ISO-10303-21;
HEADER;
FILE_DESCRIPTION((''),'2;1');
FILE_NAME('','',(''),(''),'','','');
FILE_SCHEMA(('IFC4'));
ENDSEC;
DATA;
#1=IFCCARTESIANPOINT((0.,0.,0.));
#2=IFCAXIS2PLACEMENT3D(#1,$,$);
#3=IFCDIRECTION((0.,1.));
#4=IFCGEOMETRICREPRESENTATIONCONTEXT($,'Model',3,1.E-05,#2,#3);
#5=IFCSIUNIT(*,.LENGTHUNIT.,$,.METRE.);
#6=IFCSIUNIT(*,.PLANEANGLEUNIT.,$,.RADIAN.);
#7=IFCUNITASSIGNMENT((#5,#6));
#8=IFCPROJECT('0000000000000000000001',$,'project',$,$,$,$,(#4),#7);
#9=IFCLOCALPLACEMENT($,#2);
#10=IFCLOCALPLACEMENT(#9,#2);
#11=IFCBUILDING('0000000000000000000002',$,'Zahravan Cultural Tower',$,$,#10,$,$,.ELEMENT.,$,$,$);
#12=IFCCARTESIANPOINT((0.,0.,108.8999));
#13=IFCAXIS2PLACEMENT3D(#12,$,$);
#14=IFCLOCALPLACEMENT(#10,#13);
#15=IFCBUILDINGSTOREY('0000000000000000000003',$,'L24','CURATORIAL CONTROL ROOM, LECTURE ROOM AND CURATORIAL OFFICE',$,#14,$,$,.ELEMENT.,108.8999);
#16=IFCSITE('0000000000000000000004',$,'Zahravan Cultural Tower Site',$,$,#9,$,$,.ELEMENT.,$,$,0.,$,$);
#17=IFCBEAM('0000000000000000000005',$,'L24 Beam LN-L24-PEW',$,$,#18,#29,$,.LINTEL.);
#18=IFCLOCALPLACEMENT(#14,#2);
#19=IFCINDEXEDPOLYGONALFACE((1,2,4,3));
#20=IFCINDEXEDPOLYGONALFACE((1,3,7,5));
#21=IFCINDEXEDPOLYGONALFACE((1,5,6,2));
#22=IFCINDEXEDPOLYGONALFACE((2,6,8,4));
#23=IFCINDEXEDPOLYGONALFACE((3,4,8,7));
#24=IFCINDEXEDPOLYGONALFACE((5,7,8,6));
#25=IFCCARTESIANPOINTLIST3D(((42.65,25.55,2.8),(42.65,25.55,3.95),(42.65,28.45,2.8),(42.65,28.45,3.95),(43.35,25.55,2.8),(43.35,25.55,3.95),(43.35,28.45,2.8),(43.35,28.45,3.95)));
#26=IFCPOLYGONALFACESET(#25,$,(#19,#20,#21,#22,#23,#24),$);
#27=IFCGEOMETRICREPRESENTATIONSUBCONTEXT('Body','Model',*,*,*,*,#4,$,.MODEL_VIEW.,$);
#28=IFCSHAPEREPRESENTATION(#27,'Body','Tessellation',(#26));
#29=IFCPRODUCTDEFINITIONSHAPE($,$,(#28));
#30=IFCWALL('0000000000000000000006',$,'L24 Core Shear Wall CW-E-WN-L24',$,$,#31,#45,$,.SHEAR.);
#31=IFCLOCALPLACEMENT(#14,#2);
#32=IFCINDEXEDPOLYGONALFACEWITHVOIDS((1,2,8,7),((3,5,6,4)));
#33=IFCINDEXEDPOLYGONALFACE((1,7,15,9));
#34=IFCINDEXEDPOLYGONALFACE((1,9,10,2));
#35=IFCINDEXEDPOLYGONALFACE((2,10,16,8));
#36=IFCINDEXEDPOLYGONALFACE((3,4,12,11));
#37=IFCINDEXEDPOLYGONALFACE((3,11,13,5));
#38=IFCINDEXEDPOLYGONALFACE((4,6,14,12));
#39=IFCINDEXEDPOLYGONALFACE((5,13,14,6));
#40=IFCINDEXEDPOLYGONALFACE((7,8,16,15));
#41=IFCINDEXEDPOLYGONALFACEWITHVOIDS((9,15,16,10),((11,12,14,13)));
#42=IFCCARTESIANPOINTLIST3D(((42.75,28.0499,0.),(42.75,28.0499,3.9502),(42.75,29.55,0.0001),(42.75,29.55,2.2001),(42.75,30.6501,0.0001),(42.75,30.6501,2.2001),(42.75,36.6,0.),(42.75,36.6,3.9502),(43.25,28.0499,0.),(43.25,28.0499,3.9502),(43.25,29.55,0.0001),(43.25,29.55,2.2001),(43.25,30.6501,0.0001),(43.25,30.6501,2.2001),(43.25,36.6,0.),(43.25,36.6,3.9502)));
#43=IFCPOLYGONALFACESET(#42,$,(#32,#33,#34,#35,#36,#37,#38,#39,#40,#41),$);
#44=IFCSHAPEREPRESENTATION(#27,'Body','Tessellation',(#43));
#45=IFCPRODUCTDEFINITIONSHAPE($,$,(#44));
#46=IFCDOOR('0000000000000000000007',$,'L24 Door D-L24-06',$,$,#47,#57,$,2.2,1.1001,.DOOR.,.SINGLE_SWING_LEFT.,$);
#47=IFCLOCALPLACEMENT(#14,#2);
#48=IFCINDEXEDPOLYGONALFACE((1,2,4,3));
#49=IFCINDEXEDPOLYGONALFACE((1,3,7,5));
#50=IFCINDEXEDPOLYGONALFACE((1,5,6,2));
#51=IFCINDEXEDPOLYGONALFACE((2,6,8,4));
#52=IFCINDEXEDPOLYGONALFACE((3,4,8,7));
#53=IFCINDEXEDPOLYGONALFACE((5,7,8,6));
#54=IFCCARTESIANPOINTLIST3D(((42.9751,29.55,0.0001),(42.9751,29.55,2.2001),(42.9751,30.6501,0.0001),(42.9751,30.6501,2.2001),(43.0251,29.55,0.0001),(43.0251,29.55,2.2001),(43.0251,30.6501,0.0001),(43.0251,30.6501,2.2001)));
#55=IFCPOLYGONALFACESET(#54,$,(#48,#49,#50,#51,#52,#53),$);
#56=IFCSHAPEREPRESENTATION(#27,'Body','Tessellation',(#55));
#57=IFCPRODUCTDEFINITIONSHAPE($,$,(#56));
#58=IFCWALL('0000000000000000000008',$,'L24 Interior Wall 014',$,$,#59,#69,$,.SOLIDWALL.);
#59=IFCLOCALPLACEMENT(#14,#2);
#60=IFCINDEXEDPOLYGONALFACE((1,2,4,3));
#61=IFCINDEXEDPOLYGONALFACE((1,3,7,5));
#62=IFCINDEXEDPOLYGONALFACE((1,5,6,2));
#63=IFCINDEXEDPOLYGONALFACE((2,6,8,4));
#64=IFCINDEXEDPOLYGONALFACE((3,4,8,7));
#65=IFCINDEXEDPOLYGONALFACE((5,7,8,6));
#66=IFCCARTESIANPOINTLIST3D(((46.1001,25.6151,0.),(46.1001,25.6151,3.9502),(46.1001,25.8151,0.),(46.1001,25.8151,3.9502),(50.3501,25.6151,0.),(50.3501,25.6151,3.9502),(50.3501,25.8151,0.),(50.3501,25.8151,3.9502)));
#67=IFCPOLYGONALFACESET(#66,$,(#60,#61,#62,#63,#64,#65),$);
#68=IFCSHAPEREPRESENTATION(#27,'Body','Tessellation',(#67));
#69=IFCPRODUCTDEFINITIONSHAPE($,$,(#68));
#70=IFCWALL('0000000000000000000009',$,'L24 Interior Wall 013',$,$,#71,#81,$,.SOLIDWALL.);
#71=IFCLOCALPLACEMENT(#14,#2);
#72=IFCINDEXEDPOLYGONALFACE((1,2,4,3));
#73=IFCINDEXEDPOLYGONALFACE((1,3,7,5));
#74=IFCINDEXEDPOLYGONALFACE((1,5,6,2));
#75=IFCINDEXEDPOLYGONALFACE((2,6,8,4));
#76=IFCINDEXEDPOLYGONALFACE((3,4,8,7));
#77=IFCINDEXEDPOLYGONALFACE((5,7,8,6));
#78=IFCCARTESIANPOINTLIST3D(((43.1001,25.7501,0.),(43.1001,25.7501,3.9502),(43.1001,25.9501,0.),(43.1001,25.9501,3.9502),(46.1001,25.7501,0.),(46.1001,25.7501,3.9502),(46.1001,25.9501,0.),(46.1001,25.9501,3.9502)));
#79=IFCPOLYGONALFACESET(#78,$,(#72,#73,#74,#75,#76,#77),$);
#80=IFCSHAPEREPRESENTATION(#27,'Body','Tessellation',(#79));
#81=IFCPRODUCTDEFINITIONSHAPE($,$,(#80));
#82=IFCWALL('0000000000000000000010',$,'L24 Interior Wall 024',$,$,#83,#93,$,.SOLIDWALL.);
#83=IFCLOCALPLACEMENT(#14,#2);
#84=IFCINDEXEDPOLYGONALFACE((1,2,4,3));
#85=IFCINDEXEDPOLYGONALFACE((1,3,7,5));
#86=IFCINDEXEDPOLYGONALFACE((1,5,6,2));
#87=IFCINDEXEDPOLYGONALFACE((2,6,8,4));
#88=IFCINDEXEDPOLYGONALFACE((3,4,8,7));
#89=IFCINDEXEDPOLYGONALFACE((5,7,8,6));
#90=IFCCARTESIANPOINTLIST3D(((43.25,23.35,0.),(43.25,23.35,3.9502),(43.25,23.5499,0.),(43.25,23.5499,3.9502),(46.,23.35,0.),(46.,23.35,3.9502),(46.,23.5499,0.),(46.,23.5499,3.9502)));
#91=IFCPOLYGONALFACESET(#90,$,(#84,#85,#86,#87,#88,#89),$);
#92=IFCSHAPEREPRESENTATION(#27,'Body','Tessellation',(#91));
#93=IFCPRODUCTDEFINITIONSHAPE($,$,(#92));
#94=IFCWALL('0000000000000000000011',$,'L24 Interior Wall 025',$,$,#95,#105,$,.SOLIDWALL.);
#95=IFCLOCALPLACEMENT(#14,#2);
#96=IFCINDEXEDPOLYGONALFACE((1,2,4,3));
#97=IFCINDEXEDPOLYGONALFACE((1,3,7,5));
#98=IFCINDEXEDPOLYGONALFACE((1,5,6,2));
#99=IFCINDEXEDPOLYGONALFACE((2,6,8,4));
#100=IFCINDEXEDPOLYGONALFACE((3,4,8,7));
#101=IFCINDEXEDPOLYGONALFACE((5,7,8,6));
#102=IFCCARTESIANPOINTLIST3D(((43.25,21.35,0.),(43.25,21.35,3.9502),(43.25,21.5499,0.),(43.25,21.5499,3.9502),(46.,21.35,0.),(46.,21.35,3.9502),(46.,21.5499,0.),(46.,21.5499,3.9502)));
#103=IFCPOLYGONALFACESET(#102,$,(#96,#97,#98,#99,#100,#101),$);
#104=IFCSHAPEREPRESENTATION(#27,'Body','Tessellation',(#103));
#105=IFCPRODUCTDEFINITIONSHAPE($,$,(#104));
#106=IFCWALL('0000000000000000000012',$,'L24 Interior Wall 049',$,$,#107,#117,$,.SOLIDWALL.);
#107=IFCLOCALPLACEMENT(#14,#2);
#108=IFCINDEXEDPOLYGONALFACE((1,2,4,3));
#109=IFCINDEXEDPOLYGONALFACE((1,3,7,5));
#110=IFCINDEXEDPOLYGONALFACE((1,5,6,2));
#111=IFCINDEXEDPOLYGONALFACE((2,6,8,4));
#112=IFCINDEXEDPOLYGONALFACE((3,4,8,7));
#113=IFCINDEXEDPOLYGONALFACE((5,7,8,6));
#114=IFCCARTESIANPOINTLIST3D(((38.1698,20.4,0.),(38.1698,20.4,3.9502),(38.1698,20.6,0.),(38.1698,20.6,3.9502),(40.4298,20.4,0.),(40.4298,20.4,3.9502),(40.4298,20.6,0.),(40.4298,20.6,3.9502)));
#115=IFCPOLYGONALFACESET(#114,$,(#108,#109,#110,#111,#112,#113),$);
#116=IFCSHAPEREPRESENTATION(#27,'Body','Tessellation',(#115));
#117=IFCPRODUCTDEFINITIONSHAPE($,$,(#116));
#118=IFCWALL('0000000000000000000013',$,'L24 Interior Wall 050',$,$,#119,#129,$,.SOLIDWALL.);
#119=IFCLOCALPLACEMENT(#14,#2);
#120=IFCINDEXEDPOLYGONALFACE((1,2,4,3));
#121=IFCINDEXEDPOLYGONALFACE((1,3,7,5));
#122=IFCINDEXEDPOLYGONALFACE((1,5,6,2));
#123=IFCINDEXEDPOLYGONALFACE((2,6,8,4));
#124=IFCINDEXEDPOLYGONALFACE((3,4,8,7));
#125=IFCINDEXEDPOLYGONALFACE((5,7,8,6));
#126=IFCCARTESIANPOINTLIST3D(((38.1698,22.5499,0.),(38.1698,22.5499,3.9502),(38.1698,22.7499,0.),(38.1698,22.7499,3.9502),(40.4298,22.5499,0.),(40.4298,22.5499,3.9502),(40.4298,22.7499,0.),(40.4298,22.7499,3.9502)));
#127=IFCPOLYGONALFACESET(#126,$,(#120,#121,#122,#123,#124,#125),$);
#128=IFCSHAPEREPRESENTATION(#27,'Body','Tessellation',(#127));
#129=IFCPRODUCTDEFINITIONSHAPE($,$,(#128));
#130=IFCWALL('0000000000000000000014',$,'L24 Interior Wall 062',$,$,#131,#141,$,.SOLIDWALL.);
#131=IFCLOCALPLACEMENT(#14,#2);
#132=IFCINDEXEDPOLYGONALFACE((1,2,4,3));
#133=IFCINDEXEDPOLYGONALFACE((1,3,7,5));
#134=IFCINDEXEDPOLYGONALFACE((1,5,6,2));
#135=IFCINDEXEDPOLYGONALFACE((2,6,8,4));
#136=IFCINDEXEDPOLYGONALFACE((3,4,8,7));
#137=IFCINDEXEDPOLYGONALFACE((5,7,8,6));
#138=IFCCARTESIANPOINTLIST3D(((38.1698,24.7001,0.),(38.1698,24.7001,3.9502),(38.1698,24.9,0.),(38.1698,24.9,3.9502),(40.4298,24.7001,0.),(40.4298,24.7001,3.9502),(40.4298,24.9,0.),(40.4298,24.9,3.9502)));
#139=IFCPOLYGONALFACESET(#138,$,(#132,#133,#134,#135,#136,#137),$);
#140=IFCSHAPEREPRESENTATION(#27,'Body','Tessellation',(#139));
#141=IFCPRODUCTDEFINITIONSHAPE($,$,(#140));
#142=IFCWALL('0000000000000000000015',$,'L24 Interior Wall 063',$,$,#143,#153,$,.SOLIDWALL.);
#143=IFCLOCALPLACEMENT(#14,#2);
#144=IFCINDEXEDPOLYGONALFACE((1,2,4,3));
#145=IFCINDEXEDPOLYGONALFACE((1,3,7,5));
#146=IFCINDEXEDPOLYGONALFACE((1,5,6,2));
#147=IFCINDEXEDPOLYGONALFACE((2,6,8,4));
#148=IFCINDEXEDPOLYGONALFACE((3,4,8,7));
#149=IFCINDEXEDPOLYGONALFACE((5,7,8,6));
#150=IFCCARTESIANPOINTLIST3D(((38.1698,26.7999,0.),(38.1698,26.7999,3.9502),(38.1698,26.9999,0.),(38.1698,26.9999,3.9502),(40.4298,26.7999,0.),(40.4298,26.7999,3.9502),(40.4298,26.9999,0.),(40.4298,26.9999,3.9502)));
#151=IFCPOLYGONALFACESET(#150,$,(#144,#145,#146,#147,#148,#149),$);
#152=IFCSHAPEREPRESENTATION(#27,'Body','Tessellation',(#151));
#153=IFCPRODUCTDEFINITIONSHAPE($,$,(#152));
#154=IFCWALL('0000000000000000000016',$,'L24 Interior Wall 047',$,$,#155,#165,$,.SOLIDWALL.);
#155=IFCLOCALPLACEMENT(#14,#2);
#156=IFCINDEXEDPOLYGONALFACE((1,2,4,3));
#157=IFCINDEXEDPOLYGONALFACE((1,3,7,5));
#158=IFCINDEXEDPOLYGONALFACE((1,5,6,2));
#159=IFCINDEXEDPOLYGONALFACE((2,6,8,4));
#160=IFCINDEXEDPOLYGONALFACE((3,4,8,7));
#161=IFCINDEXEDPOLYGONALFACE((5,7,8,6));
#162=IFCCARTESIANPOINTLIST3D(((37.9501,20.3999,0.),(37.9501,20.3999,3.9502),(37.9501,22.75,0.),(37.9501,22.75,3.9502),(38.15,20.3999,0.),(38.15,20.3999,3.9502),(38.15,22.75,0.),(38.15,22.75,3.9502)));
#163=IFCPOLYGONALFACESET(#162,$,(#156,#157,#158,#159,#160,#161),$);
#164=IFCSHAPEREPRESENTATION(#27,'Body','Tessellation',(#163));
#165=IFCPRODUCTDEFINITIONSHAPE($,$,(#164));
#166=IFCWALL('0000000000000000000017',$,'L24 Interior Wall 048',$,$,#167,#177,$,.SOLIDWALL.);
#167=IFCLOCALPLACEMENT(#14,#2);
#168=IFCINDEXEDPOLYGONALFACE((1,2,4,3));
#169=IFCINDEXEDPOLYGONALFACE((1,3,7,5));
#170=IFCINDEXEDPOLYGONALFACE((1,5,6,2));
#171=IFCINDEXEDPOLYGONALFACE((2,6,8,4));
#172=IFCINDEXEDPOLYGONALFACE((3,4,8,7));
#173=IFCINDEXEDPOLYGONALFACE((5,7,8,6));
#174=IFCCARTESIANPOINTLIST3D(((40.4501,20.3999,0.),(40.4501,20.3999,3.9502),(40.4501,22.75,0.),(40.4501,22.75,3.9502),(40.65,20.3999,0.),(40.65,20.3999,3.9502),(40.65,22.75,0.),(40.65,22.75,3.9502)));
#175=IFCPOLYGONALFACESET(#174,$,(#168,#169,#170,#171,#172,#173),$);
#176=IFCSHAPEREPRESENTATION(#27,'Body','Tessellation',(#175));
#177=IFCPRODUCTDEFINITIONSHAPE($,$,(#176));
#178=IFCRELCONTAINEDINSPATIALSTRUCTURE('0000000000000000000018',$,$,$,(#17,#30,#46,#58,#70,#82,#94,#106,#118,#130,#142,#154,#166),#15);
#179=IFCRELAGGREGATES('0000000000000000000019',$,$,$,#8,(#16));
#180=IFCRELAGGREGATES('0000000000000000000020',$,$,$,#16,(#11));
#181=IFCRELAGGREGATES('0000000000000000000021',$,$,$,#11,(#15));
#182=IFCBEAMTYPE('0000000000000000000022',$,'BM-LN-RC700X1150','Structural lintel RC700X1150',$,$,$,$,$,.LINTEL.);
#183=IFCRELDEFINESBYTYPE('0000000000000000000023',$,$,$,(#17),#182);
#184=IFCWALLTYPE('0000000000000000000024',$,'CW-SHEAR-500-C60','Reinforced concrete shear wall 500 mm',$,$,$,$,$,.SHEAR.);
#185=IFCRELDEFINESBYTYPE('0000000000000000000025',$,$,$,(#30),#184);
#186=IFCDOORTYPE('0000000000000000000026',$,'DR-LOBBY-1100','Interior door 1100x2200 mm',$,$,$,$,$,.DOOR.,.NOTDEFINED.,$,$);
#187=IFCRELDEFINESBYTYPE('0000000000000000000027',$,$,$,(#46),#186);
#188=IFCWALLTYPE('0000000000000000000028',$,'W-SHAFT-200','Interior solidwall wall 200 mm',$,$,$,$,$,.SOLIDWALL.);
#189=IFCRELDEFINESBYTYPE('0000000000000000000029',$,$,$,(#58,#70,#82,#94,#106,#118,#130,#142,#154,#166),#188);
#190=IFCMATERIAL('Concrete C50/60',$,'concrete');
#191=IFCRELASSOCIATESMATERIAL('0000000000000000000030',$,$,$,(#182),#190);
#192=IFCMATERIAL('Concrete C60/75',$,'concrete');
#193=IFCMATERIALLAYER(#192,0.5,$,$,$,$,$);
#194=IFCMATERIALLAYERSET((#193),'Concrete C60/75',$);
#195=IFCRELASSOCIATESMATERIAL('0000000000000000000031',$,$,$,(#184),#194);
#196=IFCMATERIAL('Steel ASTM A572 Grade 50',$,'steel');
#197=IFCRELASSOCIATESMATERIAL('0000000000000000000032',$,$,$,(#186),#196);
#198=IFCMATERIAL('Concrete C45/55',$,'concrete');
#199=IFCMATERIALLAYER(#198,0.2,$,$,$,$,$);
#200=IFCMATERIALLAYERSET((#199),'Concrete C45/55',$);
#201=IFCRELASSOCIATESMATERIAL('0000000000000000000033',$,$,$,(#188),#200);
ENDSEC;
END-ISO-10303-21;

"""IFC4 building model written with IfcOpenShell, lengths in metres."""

from ifc_helpers import new_model, si_unit, direction, frame, frame_2d, origin, origin_2d, place, context, subcontext, project, spatial, rectangle, extrude, source, transform, mapped, material, layer, layer_set, material_profile, profile_set, type_object, element, fill, save


model = new_model("IFC4")

# Units and contexts
model_context = context("Model", 3, precision=1e-05, world=origin(), true_north=direction((0.0, 1.0)))
body_context = subcontext(model_context, "Body", "Model", "MODEL_VIEW")
ifc_project = project(units=[si_unit("LENGTHUNIT", "METRE"), si_unit("PLANEANGLEUNIT", "RADIAN")], contexts=[model_context])

# Site, building, storey
site_placement = place(None, origin())
site = spatial("IfcSite", under=ifc_project, at=site_placement, Name="Zahravan Cultural Tower Site", CompositionType="ELEMENT", RefElevation=0.0)
building_placement = place(site_placement, origin())
building = spatial("IfcBuilding", under=site, at=building_placement, Name="Zahravan Cultural Tower", CompositionType="ELEMENT")
storey_placement = place(building_placement, frame((0.0, 0.0, 108.8999)))
storey = spatial("IfcBuildingStorey", under=building, at=storey_placement, Name="L24", Description="CURATORIAL CONTROL ROOM, LECTURE ROOM AND CURATORIAL OFFICE", CompositionType="ELEMENT", Elevation=108.8999)

# Beam
ifc_material_1 = material(Name="Concrete C50/60", Category="concrete")
ifc_material_profile = material_profile(ifc_material_1, rectangle(XDim=0.7, YDim=1.1499, at=origin_2d()), Name="RC700X1150")
ifc_profile_set = profile_set([ifc_material_profile], Name="Concrete C50/60")
beam_type = type_object("IfcBeamType", Name="BM-LN-RC700X1150", Description="Structural lintel RC700X1150", PredefinedType="LINTEL", material=ifc_profile_set)
shared_shape_1 = source(origin(), body_context, "Body", "SweptSolid", [
    extrude(rectangle(XDim=0.7, YDim=1.1499, at=origin_2d()), origin(), (0.0, 0.0, 1.0), 2.8999),
])
beam_placement = place(storey_placement, frame((43.0, 25.55, 3.375), z_axis=(0.0, 1.0, 0.0), x_axis=(-1.0, 0.0, 0.0)))
element("IfcBeam", 1, at=beam_placement, inside=storey, type_object=beam_type, Name="L24 Beam LN-L24-PEW", PredefinedType="LINTEL", context=body_context, shape_type="MappedRepresentation", body=[
    mapped(shared_shape_1, transform((0.0, 0.0, 0.0), x_axis=(1.0, 0.0, 0.0), y_axis=(0.0, 1.0, 0.0), z_axis=(0.0, 0.0, 1.0), scale=1.0)),
])

# Wall, opening, door
ifc_material_2 = material(Name="Concrete C60/75", Category="concrete")
ifc_layer_1 = layer(ifc_material_2, 0.5)
ifc_layer_set_1 = layer_set([ifc_layer_1], Name="Concrete C60/75")
wall_type_1 = type_object("IfcWallType", Name="CW-SHEAR-500-C60", Description="Reinforced concrete shear wall 500 mm", PredefinedType="SHEAR", material=ifc_layer_set_1)
wall_1_placement = place(storey_placement, frame((43.0, 28.05, 0.0), z_axis=(0.0, 0.0, 1.0), x_axis=(0.0, 1.0, 0.0)))
wall_1 = element("IfcWall", 2, at=wall_1_placement, inside=storey, type_object=wall_type_1, Name="L24 Core Shear Wall CW-E-WN-L24", PredefinedType="SHEAR", context=body_context, shape_type="SweptSolid", body=[
    extrude(rectangle(XDim=8.55, YDim=0.5, at=frame_2d((4.2749, 0.0))), origin(), (0.0, 0.0, 1.0), 3.9502),
])
opening_1_placement = place(wall_1_placement, frame((1.5, 0.0, 0.0)))
opening_1 = element("IfcOpeningElement", 3, at=opening_1_placement, cuts=wall_1, PredefinedType="OPENING", context=body_context, shape_type="SweptSolid", body=[
    extrude(rectangle(XDim=1.1001, YDim=2.2, at=frame_2d((0.55, 1.1001))), frame((0.0, 0.26, 0.0), z_axis=(0.0, -1.0, 0.0), x_axis=(1.0, 0.0, 0.0)), (0.0, 0.0, 1.0), 0.52),
])
ifc_material_3 = material(Name="Steel ASTM A572 Grade 50", Category="steel")
door_type_1 = type_object("IfcDoorType", Name="DR-LOBBY-1100", Description="Interior door 1100x2200 mm", OperationType="NOTDEFINED", PredefinedType="DOOR", material=ifc_material_3)
shared_shape_2 = source(origin(), body_context, "Body", "SweptSolid", [
    extrude(rectangle(XDim=1.1001, YDim=2.2, at=frame_2d((0.55, 1.1001))), frame((0.0, 0.0249, 0.0), z_axis=(0.0, -1.0, 0.0), x_axis=(1.0, 0.0, 0.0)), (0.0, 0.0, 1.0), 0.05),
])
door_1_placement = place(opening_1_placement, origin())
door_1 = element("IfcDoor", 4, at=door_1_placement, inside=storey, type_object=door_type_1, Name="L24 Door D-L24-06", OperationType="SINGLE_SWING_LEFT", OverallHeight=2.2, OverallWidth=1.1001, PredefinedType="DOOR", context=body_context, shape_type="MappedRepresentation", body=[
    mapped(shared_shape_2, transform((0.0, 0.0, 0.0), x_axis=(1.0, 0.0, 0.0), y_axis=(0.0, 1.0, 0.0), z_axis=(0.0, 0.0, 1.0), scale=1.0)),
])
fill(opening_1, door_1)
ifc_material_4 = material(Name="Concrete C45/55", Category="concrete")
ifc_layer_2 = layer(ifc_material_4, 0.2)
ifc_layer_set_2 = layer_set([ifc_layer_2], Name="Concrete C45/55")
wall_type_2 = type_object("IfcWallType", Name="W-SHAFT-200", Description="Interior solidwall wall 200 mm", PredefinedType="SOLIDWALL", material=ifc_layer_set_2)

# Walls
shared_shape_3 = source(origin(), body_context, "Body", "SweptSolid", [
    extrude(rectangle(XDim=4.25, YDim=0.2, at=frame_2d((2.125, 0.0))), origin(), (0.0, 0.0, 1.0), 3.9502),
])
wall_2_placement = place(storey_placement, frame((46.1001, 25.7151, 0.0), z_axis=(0.0, 0.0, 1.0), x_axis=(1.0, 0.0, 0.0)))
element("IfcWall", 5, at=wall_2_placement, inside=storey, type_object=wall_type_2, Name="L24 Interior Wall 014", PredefinedType="SOLIDWALL", context=body_context, shape_type="MappedRepresentation", body=[
    mapped(shared_shape_3, transform((0.0, 0.0, 0.0), x_axis=(1.0, 0.0, 0.0), y_axis=(0.0, 1.0, 0.0), z_axis=(0.0, 0.0, 1.0), scale=1.0)),
])
shared_shape_4 = source(origin(), body_context, "Body", "SweptSolid", [
    extrude(rectangle(XDim=3.0, YDim=0.2, at=frame_2d((1.5, 0.0))), origin(), (0.0, 0.0, 1.0), 3.9502),
])
wall_3_placement = place(storey_placement, frame((43.1001, 25.8501, 0.0), z_axis=(0.0, 0.0, 1.0), x_axis=(1.0, 0.0, 0.0)))
element("IfcWall", 6, at=wall_3_placement, inside=storey, type_object=wall_type_2, Name="L24 Interior Wall 013", PredefinedType="SOLIDWALL", context=body_context, shape_type="MappedRepresentation", body=[
    mapped(shared_shape_4, transform((0.0, 0.0, 0.0), x_axis=(1.0, 0.0, 0.0), y_axis=(0.0, 1.0, 0.0), z_axis=(0.0, 0.0, 1.0), scale=1.0)),
])
shared_shape_5 = source(origin(), body_context, "Body", "SweptSolid", [
    extrude(rectangle(XDim=2.75, YDim=0.2, at=frame_2d((1.375, 0.0))), origin(), (0.0, 0.0, 1.0), 3.9502),
])
for number, where, z_axis, x_axis, name in (
    (7, (43.25, 23.45, 0.0), (0.0, 0.0, 1.0), (1.0, 0.0, 0.0), "L24 Interior Wall 024"),
    (8, (43.25, 21.45, 0.0), (0.0, 0.0, 1.0), (1.0, 0.0, 0.0), "L24 Interior Wall 025"),
):
    element("IfcWall", number, at=place(storey_placement, frame(where, z_axis=z_axis, x_axis=x_axis)), inside=storey, type_object=wall_type_2, Name=name, PredefinedType="SOLIDWALL", context=body_context, shape_type="MappedRepresentation", body=[
        mapped(shared_shape_5, transform((0.0, 0.0, 0.0), x_axis=(1.0, 0.0, 0.0), y_axis=(0.0, 1.0, 0.0), z_axis=(0.0, 0.0, 1.0), scale=1.0)),
    ])
shared_shape_6 = source(origin(), body_context, "Body", "SweptSolid", [
    extrude(rectangle(XDim=2.26, YDim=0.2, at=frame_2d((1.1299, 0.0))), origin(), (0.0, 0.0, 1.0), 3.9502),
])
for number, where, z_axis, x_axis, name in (
    (9, (38.1699, 20.5, 0.0), (0.0, 0.0, 1.0), (1.0, 0.0, 0.0), "L24 Interior Wall 049"),
    (10, (38.1699, 22.6499, 0.0), (0.0, 0.0, 1.0), (1.0, 0.0, 0.0), "L24 Interior Wall 050"),
    (11, (38.1699, 24.8, 0.0), (0.0, 0.0, 1.0), (1.0, 0.0, 0.0), "L24 Interior Wall 062"),
    (12, (38.1699, 26.8999, 0.0), (0.0, 0.0, 1.0), (1.0, 0.0, 0.0), "L24 Interior Wall 063"),
):
    element("IfcWall", number, at=place(storey_placement, frame(where, z_axis=z_axis, x_axis=x_axis)), inside=storey, type_object=wall_type_2, Name=name, PredefinedType="SOLIDWALL", context=body_context, shape_type="MappedRepresentation", body=[
        mapped(shared_shape_6, transform((0.0, 0.0, 0.0), x_axis=(1.0, 0.0, 0.0), y_axis=(0.0, 1.0, 0.0), z_axis=(0.0, 0.0, 1.0), scale=1.0)),
    ])
shared_shape_7 = source(origin(), body_context, "Body", "SweptSolid", [
    extrude(rectangle(XDim=2.3501, YDim=0.2, at=frame_2d((1.175, 0.0))), origin(), (0.0, 0.0, 1.0), 3.9502),
])
for number, where, z_axis, x_axis, name in (
    (13, (38.05, 20.3999, 0.0), (0.0, 0.0, 1.0), (0.0, 1.0, 0.0), "L24 Interior Wall 047"),
    (14, (40.55, 20.3999, 0.0), (0.0, 0.0, 1.0), (0.0, 1.0, 0.0), "L24 Interior Wall 048"),
):
    element("IfcWall", number, at=place(storey_placement, frame(where, z_axis=z_axis, x_axis=x_axis)), inside=storey, type_object=wall_type_2, Name=name, PredefinedType="SOLIDWALL", context=body_context, shape_type="MappedRepresentation", body=[
        mapped(shared_shape_7, transform((0.0, 0.0, 0.0), x_axis=(1.0, 0.0, 0.0), y_axis=(0.0, 1.0, 0.0), z_axis=(0.0, 0.0, 1.0), scale=1.0)),
    ])

save(model, "model.ifc")
